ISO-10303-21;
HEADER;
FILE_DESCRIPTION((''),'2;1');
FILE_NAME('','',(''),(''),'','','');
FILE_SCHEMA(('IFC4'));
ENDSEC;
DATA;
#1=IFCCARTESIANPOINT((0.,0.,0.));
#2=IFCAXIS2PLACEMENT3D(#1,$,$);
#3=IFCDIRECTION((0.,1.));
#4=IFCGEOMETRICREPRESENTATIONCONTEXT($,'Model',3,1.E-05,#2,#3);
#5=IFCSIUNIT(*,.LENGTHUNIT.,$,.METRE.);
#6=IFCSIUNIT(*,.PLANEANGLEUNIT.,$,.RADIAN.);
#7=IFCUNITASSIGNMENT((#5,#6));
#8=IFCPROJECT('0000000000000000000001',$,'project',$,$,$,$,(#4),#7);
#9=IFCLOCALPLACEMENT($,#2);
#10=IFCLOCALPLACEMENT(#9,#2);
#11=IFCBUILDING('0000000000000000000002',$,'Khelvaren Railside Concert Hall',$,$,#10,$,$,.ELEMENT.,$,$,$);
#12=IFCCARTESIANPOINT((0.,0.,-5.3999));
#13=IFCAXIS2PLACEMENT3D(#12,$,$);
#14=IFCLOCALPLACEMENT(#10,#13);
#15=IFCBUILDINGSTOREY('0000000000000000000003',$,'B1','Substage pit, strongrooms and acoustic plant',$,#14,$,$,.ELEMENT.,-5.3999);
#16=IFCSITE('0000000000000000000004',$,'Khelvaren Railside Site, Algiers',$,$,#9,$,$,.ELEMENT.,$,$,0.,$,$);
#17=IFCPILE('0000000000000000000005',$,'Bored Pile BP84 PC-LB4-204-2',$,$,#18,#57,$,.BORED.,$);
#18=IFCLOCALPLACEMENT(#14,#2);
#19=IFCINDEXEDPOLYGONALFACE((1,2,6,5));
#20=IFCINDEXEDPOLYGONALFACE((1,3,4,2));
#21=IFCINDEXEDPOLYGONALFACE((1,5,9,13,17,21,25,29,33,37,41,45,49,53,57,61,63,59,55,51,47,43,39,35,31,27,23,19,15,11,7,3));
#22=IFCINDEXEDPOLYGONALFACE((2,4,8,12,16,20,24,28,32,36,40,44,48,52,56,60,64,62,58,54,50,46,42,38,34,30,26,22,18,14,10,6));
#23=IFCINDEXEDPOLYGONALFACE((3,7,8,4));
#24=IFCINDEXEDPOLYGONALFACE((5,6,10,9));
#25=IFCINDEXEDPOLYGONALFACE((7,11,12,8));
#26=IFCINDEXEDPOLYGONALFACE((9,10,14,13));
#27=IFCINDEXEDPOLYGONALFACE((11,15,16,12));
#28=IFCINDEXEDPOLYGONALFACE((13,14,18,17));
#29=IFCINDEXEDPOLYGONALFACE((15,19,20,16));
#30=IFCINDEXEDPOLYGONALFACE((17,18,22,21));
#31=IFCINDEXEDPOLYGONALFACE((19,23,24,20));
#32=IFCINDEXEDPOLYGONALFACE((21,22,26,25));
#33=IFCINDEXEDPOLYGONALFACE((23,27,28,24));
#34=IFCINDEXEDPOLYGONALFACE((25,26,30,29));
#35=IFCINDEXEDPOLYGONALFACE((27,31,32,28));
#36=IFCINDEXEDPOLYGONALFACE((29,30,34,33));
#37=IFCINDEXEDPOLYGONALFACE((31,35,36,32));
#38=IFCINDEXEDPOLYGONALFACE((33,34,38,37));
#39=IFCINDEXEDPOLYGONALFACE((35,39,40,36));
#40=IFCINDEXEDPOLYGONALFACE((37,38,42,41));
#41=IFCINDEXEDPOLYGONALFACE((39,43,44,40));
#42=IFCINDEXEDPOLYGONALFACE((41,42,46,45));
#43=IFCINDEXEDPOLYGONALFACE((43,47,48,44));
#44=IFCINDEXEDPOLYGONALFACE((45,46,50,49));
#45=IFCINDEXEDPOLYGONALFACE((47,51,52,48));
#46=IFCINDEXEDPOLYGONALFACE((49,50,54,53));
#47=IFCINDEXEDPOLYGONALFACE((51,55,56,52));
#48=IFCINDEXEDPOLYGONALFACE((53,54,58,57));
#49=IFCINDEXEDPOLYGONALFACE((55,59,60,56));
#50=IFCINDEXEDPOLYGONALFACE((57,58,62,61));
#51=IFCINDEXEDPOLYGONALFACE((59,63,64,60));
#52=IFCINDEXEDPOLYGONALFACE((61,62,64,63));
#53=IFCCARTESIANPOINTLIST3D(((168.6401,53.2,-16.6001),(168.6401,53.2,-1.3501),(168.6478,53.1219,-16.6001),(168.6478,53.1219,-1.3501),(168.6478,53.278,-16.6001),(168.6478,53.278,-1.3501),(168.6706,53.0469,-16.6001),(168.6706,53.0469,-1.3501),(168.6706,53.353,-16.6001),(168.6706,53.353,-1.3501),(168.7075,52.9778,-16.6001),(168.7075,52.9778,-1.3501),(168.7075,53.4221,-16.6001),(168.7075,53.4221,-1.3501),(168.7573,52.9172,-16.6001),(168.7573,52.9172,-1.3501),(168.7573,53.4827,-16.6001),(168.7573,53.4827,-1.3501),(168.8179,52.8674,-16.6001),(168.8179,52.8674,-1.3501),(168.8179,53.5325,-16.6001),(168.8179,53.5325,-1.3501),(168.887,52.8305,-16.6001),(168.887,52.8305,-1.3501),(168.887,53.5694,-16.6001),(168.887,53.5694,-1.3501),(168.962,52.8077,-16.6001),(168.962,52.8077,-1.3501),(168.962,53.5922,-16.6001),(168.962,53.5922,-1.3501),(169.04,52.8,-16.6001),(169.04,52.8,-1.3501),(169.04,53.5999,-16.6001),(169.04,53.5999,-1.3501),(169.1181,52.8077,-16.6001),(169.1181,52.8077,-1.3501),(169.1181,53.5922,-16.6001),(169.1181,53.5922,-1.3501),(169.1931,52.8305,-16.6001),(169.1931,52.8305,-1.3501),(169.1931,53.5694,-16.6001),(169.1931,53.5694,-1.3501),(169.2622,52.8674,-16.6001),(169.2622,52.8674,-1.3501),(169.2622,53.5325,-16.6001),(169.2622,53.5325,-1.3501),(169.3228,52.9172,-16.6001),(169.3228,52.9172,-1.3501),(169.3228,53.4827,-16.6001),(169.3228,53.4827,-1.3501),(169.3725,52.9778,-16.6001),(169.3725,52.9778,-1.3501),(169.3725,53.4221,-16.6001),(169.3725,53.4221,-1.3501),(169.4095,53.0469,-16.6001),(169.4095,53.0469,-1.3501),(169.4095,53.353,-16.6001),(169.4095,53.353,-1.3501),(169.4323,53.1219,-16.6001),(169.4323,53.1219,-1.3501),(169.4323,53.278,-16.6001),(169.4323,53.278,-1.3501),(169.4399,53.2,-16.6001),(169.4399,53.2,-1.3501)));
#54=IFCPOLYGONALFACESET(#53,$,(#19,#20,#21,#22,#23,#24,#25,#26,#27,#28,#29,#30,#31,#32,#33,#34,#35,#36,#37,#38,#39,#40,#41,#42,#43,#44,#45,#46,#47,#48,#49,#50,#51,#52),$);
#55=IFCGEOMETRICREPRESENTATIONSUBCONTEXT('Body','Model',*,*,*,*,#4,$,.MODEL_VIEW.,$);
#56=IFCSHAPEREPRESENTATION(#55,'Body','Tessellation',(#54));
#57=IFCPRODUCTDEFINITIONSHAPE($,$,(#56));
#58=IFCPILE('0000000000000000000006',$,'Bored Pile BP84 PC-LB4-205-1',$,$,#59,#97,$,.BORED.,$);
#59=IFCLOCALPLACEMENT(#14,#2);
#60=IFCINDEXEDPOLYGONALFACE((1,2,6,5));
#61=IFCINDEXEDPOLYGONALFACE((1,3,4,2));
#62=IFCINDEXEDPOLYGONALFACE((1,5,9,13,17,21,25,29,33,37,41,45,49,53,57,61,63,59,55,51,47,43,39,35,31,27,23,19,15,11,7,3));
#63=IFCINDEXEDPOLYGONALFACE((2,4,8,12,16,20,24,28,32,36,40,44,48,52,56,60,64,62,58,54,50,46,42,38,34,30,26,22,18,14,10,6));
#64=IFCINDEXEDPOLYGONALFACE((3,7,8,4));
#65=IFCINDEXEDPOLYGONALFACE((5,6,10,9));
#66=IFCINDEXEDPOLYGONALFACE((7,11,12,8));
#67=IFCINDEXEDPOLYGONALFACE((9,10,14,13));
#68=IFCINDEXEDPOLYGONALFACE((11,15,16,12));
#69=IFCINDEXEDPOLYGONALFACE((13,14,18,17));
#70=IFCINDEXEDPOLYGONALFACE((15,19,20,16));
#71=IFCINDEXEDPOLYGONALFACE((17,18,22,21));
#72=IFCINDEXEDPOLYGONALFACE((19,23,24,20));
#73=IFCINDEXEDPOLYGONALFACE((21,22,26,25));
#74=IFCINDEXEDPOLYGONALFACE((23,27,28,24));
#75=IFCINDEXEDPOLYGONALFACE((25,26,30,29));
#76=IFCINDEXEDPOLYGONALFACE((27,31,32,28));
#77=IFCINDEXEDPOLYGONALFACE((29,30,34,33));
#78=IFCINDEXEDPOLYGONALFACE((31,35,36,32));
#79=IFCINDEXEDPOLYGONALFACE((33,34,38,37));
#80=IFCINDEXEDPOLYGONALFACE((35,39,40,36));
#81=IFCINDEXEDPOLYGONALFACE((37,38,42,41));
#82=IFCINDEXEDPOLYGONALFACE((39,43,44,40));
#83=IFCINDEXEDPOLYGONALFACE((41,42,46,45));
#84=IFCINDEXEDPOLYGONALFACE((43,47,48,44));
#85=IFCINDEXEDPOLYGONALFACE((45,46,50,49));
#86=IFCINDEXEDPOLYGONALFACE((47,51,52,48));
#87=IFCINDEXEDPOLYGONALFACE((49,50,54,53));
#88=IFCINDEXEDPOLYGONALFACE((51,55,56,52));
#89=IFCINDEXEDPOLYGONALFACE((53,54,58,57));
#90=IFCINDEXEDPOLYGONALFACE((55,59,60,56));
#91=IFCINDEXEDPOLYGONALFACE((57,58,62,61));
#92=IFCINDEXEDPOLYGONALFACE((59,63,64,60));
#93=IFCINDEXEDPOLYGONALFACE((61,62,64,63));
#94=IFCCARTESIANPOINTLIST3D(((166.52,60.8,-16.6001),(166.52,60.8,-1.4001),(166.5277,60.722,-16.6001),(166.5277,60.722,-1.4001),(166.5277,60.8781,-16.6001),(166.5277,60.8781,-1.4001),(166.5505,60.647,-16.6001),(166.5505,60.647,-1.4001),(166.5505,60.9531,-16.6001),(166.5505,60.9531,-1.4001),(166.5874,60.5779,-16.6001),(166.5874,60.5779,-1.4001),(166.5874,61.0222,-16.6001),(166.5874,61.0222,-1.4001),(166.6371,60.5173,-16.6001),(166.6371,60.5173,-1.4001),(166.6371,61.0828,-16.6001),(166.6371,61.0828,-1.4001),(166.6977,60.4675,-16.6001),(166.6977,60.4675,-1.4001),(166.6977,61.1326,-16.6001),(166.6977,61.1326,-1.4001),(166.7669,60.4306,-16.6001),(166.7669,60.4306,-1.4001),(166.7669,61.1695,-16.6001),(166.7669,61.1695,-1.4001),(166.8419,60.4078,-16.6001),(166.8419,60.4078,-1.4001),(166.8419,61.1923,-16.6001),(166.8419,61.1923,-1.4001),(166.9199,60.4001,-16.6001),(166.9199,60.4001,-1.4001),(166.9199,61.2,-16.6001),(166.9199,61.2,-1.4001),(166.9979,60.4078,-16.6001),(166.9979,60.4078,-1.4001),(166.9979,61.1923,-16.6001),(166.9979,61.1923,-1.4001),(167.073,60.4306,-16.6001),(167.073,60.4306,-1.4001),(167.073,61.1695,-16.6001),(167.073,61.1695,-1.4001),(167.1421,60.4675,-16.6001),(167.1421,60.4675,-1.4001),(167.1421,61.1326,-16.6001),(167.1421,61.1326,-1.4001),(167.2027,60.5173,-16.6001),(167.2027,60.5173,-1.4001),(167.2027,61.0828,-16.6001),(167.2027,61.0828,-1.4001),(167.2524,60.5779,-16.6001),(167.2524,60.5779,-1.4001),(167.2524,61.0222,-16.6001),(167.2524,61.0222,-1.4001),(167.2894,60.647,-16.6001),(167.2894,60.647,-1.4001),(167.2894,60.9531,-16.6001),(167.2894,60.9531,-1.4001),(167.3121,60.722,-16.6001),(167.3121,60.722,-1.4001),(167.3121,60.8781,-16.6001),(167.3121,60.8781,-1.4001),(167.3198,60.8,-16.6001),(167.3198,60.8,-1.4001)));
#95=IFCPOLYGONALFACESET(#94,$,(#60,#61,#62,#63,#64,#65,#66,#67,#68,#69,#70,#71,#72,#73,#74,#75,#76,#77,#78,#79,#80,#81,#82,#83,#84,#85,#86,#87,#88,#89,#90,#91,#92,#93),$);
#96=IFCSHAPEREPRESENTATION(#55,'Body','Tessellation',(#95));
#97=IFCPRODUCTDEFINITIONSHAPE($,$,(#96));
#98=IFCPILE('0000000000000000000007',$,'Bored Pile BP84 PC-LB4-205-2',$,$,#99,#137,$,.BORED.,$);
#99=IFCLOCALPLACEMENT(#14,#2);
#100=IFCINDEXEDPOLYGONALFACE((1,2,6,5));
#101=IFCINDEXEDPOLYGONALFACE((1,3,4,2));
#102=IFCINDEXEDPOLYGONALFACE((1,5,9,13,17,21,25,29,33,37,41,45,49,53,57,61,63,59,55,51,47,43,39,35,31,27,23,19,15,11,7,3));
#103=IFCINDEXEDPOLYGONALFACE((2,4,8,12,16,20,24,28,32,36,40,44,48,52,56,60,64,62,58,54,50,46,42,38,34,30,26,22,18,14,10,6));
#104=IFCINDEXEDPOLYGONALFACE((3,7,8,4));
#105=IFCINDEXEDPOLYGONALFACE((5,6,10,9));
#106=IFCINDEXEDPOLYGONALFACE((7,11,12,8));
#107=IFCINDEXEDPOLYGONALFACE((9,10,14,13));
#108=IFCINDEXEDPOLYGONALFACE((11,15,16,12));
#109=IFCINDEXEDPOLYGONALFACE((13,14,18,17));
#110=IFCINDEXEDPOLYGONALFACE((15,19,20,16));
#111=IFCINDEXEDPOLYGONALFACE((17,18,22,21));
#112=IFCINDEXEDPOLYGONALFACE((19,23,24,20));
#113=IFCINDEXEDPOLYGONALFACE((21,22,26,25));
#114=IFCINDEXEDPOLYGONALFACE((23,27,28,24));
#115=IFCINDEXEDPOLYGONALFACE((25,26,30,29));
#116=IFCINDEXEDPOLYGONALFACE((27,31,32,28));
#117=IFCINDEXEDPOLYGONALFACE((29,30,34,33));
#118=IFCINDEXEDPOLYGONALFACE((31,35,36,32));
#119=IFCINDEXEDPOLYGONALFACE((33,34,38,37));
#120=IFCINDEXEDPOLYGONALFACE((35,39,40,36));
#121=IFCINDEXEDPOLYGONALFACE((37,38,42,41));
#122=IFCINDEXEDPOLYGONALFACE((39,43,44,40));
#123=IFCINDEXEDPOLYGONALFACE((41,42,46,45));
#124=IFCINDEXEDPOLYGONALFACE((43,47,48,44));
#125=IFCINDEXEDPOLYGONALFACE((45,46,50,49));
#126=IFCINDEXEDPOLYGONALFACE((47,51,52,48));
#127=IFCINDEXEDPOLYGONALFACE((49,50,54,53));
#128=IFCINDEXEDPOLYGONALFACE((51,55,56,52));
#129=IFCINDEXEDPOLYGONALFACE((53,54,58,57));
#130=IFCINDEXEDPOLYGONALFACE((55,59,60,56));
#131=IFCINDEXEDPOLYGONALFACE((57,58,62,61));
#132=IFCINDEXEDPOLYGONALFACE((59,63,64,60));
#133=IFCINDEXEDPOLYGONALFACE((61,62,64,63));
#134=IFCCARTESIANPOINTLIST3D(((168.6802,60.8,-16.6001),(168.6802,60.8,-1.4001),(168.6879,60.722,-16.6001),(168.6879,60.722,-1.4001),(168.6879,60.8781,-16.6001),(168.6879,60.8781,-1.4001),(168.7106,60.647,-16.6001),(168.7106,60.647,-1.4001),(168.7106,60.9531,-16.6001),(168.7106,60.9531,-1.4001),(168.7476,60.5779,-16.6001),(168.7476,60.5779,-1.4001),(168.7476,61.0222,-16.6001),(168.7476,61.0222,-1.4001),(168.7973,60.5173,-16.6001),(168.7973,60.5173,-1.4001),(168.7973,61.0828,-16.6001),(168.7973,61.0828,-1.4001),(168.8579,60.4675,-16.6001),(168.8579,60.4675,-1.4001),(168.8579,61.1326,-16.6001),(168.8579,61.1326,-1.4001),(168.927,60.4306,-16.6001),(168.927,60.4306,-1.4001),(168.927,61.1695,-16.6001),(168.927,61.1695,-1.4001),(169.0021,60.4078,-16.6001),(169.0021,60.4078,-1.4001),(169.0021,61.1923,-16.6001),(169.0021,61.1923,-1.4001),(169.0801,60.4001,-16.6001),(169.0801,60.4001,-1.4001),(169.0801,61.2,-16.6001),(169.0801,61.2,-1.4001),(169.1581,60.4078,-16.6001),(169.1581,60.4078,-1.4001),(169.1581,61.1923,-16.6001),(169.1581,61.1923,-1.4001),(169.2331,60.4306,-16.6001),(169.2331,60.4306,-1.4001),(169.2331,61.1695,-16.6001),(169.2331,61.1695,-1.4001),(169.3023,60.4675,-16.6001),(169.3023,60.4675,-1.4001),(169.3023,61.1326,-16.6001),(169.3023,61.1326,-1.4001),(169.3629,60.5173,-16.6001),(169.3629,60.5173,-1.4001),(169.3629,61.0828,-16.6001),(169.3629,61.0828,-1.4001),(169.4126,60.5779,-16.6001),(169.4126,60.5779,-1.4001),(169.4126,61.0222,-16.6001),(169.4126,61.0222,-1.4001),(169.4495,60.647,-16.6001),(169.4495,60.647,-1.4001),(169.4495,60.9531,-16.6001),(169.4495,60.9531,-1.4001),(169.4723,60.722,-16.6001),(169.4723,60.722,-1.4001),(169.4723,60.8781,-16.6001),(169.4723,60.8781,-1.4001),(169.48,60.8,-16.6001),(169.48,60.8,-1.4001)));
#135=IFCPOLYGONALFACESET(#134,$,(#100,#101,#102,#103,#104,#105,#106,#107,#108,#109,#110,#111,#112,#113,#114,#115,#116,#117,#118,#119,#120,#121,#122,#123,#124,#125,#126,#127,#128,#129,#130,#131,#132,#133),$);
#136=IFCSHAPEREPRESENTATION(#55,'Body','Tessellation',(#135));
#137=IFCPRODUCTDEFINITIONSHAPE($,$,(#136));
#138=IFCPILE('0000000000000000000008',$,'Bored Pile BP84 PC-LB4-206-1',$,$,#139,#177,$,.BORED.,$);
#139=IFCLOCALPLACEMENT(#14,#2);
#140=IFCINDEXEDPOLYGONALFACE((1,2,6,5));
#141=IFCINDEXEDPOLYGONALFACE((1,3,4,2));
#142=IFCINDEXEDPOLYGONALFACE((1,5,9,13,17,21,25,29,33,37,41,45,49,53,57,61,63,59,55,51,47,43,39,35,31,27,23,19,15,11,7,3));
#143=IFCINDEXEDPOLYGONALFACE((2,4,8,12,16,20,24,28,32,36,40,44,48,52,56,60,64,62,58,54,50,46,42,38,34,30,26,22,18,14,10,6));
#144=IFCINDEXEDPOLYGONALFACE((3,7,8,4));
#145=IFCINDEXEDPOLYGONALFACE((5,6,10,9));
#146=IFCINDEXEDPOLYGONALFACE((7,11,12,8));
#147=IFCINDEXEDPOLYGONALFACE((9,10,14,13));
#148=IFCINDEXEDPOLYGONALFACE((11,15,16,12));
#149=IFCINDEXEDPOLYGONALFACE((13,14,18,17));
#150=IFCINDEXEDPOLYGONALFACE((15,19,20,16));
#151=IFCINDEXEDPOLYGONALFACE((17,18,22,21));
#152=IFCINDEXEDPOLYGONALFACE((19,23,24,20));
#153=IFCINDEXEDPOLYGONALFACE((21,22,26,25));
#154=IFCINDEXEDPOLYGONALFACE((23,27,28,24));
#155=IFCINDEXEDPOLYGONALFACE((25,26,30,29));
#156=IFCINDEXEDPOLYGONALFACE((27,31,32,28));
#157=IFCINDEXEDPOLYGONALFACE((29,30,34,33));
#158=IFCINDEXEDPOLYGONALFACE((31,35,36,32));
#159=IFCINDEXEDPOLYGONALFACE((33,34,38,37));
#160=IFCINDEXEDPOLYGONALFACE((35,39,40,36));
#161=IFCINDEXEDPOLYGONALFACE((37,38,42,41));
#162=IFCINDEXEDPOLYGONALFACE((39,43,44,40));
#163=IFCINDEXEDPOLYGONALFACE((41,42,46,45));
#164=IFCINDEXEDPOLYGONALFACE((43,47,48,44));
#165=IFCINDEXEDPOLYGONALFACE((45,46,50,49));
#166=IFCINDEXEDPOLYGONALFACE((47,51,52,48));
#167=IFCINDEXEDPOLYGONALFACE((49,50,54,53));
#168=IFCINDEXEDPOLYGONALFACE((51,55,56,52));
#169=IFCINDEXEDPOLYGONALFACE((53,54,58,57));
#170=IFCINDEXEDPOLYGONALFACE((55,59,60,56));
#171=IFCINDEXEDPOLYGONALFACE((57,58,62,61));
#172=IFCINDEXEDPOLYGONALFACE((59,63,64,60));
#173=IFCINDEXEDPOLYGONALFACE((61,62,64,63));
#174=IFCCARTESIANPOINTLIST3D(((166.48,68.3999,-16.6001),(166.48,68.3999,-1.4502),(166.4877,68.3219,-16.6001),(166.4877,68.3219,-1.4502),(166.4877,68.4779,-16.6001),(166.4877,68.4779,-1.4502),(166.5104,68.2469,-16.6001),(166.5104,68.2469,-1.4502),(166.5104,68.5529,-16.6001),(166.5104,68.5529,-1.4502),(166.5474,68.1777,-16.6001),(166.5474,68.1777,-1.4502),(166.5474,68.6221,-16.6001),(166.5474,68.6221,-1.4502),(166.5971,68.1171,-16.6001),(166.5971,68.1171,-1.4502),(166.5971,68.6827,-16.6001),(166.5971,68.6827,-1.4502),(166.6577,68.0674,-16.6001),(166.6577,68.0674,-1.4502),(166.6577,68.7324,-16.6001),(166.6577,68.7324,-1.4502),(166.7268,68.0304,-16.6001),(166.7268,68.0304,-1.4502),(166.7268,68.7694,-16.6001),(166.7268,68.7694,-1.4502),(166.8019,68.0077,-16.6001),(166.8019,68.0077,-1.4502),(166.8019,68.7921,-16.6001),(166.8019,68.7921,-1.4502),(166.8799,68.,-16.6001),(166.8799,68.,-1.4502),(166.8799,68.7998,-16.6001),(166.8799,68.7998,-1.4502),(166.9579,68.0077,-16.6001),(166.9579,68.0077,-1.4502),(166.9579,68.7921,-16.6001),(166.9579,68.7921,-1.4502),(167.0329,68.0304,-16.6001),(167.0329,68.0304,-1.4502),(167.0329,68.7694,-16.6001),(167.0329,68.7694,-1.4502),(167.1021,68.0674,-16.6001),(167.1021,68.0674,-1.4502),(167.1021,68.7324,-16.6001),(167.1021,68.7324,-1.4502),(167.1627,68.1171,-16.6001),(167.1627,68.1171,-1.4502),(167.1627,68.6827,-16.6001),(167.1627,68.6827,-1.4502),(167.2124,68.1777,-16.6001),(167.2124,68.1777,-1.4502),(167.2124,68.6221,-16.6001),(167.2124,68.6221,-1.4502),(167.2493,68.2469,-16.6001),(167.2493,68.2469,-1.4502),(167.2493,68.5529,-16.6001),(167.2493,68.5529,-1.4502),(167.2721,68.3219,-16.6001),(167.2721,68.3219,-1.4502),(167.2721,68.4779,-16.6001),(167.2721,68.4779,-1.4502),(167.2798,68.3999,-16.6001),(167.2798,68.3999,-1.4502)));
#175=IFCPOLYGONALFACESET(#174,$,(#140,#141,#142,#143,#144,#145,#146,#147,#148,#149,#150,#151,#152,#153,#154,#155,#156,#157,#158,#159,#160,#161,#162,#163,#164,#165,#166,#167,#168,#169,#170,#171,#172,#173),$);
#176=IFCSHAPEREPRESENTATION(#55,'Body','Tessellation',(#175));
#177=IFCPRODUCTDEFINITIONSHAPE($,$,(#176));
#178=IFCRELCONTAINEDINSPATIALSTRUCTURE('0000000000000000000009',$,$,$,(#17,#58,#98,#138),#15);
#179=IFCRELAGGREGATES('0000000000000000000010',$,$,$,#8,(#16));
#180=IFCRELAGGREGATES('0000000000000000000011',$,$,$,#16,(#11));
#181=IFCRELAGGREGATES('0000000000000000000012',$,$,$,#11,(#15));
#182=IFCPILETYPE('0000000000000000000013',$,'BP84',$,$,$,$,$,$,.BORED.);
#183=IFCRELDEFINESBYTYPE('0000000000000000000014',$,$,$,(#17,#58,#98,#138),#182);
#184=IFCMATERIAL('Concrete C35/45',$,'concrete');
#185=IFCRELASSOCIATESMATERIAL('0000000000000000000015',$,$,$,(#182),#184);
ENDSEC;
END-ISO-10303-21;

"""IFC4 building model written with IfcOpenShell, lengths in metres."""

from ifc_helpers import new_model, si_unit, direction, frame, origin, origin_2d, place, context, subcontext, project, spatial, circle, extrude, material, material_profile, profile_set, type_object, element, save


model = new_model("IFC4")

# Units and contexts
model_context = context("Model", 3, precision=1e-05, world=origin(), true_north=direction((0.0, 1.0)))
body_context = subcontext(model_context, "Body", "Model", "MODEL_VIEW")
ifc_project = project(units=[si_unit("LENGTHUNIT", "METRE"), si_unit("PLANEANGLEUNIT", "RADIAN")], contexts=[model_context])

# Site, building, storey
site_placement = place(None, origin())
site = spatial("IfcSite", under=ifc_project, at=site_placement, Name="Khelvaren Railside Site, Algiers", CompositionType="ELEMENT", RefElevation=0.0)
building_placement = place(site_placement, origin())
building = spatial("IfcBuilding", under=site, at=building_placement, Name="Khelvaren Railside Concert Hall", CompositionType="ELEMENT")
storey_placement = place(building_placement, frame((0.0, 0.0, -5.3999)))
storey = spatial("IfcBuildingStorey", under=building, at=storey_placement, Name="B1", Description="Substage pit, strongrooms and acoustic plant", CompositionType="ELEMENT", Elevation=-5.3999)

# Piles
ifc_material_1 = material(Name="Concrete C35/45", Category="concrete")
ifc_material_profile_1 = material_profile(ifc_material_1, circle(Radius=0.3999, at=origin_2d()), Name="BP D800")
ifc_profile_set_1 = profile_set([ifc_material_profile_1], Name="Concrete C35/45")
pile_type_1 = type_object("IfcPileType", Name="BP84", PredefinedType="BORED", material=ifc_profile_set_1)
for number, where, z_axis, x_axis, name in (
    (1, (169.04, 53.2, -1.3501), (0.0, 0.0, -1.0), (1.0, 0.0, 0.0), "Bored Pile BP84 PC-LB4-204-2"),
):
    element("IfcPile", number, at=place(storey_placement, frame(where, z_axis=z_axis, x_axis=x_axis)), inside=storey, type_object=pile_type_1, Name=name, PredefinedType="BORED", context=body_context, shape_type="SweptSolid", body=[
        extrude(circle(Radius=0.3999, at=origin_2d()), origin(), (0.0, 0.0, 1.0), 15.25),
    ])
for number, where, z_axis, x_axis, name in (
    (2, (166.9199, 60.8, -1.4001), (0.0, 0.0, -1.0), (1.0, 0.0, 0.0), "Bored Pile BP84 PC-LB4-205-1"),
    (3, (169.0801, 60.8, -1.4001), (0.0, 0.0, -1.0), (1.0, 0.0, 0.0), "Bored Pile BP84 PC-LB4-205-2"),
):
    element("IfcPile", number, at=place(storey_placement, frame(where, z_axis=z_axis, x_axis=x_axis)), inside=storey, type_object=pile_type_1, Name=name, PredefinedType="BORED", context=body_context, shape_type="SweptSolid", body=[
        extrude(circle(Radius=0.3999, at=origin_2d()), origin(), (0.0, 0.0, 1.0), 15.2),
    ])
for number, where, z_axis, x_axis, name in (
    (4, (166.8799, 68.3999, -1.4502), (0.0, 0.0, -1.0), (1.0, 0.0, 0.0), "Bored Pile BP84 PC-LB4-206-1"),
):
    element("IfcPile", number, at=place(storey_placement, frame(where, z_axis=z_axis, x_axis=x_axis)), inside=storey, type_object=pile_type_1, Name=name, PredefinedType="BORED", context=body_context, shape_type="SweptSolid", body=[
        extrude(circle(Radius=0.3999, at=origin_2d()), origin(), (0.0, 0.0, 1.0), 15.1499),
    ])

save(model, "model.ifc")
